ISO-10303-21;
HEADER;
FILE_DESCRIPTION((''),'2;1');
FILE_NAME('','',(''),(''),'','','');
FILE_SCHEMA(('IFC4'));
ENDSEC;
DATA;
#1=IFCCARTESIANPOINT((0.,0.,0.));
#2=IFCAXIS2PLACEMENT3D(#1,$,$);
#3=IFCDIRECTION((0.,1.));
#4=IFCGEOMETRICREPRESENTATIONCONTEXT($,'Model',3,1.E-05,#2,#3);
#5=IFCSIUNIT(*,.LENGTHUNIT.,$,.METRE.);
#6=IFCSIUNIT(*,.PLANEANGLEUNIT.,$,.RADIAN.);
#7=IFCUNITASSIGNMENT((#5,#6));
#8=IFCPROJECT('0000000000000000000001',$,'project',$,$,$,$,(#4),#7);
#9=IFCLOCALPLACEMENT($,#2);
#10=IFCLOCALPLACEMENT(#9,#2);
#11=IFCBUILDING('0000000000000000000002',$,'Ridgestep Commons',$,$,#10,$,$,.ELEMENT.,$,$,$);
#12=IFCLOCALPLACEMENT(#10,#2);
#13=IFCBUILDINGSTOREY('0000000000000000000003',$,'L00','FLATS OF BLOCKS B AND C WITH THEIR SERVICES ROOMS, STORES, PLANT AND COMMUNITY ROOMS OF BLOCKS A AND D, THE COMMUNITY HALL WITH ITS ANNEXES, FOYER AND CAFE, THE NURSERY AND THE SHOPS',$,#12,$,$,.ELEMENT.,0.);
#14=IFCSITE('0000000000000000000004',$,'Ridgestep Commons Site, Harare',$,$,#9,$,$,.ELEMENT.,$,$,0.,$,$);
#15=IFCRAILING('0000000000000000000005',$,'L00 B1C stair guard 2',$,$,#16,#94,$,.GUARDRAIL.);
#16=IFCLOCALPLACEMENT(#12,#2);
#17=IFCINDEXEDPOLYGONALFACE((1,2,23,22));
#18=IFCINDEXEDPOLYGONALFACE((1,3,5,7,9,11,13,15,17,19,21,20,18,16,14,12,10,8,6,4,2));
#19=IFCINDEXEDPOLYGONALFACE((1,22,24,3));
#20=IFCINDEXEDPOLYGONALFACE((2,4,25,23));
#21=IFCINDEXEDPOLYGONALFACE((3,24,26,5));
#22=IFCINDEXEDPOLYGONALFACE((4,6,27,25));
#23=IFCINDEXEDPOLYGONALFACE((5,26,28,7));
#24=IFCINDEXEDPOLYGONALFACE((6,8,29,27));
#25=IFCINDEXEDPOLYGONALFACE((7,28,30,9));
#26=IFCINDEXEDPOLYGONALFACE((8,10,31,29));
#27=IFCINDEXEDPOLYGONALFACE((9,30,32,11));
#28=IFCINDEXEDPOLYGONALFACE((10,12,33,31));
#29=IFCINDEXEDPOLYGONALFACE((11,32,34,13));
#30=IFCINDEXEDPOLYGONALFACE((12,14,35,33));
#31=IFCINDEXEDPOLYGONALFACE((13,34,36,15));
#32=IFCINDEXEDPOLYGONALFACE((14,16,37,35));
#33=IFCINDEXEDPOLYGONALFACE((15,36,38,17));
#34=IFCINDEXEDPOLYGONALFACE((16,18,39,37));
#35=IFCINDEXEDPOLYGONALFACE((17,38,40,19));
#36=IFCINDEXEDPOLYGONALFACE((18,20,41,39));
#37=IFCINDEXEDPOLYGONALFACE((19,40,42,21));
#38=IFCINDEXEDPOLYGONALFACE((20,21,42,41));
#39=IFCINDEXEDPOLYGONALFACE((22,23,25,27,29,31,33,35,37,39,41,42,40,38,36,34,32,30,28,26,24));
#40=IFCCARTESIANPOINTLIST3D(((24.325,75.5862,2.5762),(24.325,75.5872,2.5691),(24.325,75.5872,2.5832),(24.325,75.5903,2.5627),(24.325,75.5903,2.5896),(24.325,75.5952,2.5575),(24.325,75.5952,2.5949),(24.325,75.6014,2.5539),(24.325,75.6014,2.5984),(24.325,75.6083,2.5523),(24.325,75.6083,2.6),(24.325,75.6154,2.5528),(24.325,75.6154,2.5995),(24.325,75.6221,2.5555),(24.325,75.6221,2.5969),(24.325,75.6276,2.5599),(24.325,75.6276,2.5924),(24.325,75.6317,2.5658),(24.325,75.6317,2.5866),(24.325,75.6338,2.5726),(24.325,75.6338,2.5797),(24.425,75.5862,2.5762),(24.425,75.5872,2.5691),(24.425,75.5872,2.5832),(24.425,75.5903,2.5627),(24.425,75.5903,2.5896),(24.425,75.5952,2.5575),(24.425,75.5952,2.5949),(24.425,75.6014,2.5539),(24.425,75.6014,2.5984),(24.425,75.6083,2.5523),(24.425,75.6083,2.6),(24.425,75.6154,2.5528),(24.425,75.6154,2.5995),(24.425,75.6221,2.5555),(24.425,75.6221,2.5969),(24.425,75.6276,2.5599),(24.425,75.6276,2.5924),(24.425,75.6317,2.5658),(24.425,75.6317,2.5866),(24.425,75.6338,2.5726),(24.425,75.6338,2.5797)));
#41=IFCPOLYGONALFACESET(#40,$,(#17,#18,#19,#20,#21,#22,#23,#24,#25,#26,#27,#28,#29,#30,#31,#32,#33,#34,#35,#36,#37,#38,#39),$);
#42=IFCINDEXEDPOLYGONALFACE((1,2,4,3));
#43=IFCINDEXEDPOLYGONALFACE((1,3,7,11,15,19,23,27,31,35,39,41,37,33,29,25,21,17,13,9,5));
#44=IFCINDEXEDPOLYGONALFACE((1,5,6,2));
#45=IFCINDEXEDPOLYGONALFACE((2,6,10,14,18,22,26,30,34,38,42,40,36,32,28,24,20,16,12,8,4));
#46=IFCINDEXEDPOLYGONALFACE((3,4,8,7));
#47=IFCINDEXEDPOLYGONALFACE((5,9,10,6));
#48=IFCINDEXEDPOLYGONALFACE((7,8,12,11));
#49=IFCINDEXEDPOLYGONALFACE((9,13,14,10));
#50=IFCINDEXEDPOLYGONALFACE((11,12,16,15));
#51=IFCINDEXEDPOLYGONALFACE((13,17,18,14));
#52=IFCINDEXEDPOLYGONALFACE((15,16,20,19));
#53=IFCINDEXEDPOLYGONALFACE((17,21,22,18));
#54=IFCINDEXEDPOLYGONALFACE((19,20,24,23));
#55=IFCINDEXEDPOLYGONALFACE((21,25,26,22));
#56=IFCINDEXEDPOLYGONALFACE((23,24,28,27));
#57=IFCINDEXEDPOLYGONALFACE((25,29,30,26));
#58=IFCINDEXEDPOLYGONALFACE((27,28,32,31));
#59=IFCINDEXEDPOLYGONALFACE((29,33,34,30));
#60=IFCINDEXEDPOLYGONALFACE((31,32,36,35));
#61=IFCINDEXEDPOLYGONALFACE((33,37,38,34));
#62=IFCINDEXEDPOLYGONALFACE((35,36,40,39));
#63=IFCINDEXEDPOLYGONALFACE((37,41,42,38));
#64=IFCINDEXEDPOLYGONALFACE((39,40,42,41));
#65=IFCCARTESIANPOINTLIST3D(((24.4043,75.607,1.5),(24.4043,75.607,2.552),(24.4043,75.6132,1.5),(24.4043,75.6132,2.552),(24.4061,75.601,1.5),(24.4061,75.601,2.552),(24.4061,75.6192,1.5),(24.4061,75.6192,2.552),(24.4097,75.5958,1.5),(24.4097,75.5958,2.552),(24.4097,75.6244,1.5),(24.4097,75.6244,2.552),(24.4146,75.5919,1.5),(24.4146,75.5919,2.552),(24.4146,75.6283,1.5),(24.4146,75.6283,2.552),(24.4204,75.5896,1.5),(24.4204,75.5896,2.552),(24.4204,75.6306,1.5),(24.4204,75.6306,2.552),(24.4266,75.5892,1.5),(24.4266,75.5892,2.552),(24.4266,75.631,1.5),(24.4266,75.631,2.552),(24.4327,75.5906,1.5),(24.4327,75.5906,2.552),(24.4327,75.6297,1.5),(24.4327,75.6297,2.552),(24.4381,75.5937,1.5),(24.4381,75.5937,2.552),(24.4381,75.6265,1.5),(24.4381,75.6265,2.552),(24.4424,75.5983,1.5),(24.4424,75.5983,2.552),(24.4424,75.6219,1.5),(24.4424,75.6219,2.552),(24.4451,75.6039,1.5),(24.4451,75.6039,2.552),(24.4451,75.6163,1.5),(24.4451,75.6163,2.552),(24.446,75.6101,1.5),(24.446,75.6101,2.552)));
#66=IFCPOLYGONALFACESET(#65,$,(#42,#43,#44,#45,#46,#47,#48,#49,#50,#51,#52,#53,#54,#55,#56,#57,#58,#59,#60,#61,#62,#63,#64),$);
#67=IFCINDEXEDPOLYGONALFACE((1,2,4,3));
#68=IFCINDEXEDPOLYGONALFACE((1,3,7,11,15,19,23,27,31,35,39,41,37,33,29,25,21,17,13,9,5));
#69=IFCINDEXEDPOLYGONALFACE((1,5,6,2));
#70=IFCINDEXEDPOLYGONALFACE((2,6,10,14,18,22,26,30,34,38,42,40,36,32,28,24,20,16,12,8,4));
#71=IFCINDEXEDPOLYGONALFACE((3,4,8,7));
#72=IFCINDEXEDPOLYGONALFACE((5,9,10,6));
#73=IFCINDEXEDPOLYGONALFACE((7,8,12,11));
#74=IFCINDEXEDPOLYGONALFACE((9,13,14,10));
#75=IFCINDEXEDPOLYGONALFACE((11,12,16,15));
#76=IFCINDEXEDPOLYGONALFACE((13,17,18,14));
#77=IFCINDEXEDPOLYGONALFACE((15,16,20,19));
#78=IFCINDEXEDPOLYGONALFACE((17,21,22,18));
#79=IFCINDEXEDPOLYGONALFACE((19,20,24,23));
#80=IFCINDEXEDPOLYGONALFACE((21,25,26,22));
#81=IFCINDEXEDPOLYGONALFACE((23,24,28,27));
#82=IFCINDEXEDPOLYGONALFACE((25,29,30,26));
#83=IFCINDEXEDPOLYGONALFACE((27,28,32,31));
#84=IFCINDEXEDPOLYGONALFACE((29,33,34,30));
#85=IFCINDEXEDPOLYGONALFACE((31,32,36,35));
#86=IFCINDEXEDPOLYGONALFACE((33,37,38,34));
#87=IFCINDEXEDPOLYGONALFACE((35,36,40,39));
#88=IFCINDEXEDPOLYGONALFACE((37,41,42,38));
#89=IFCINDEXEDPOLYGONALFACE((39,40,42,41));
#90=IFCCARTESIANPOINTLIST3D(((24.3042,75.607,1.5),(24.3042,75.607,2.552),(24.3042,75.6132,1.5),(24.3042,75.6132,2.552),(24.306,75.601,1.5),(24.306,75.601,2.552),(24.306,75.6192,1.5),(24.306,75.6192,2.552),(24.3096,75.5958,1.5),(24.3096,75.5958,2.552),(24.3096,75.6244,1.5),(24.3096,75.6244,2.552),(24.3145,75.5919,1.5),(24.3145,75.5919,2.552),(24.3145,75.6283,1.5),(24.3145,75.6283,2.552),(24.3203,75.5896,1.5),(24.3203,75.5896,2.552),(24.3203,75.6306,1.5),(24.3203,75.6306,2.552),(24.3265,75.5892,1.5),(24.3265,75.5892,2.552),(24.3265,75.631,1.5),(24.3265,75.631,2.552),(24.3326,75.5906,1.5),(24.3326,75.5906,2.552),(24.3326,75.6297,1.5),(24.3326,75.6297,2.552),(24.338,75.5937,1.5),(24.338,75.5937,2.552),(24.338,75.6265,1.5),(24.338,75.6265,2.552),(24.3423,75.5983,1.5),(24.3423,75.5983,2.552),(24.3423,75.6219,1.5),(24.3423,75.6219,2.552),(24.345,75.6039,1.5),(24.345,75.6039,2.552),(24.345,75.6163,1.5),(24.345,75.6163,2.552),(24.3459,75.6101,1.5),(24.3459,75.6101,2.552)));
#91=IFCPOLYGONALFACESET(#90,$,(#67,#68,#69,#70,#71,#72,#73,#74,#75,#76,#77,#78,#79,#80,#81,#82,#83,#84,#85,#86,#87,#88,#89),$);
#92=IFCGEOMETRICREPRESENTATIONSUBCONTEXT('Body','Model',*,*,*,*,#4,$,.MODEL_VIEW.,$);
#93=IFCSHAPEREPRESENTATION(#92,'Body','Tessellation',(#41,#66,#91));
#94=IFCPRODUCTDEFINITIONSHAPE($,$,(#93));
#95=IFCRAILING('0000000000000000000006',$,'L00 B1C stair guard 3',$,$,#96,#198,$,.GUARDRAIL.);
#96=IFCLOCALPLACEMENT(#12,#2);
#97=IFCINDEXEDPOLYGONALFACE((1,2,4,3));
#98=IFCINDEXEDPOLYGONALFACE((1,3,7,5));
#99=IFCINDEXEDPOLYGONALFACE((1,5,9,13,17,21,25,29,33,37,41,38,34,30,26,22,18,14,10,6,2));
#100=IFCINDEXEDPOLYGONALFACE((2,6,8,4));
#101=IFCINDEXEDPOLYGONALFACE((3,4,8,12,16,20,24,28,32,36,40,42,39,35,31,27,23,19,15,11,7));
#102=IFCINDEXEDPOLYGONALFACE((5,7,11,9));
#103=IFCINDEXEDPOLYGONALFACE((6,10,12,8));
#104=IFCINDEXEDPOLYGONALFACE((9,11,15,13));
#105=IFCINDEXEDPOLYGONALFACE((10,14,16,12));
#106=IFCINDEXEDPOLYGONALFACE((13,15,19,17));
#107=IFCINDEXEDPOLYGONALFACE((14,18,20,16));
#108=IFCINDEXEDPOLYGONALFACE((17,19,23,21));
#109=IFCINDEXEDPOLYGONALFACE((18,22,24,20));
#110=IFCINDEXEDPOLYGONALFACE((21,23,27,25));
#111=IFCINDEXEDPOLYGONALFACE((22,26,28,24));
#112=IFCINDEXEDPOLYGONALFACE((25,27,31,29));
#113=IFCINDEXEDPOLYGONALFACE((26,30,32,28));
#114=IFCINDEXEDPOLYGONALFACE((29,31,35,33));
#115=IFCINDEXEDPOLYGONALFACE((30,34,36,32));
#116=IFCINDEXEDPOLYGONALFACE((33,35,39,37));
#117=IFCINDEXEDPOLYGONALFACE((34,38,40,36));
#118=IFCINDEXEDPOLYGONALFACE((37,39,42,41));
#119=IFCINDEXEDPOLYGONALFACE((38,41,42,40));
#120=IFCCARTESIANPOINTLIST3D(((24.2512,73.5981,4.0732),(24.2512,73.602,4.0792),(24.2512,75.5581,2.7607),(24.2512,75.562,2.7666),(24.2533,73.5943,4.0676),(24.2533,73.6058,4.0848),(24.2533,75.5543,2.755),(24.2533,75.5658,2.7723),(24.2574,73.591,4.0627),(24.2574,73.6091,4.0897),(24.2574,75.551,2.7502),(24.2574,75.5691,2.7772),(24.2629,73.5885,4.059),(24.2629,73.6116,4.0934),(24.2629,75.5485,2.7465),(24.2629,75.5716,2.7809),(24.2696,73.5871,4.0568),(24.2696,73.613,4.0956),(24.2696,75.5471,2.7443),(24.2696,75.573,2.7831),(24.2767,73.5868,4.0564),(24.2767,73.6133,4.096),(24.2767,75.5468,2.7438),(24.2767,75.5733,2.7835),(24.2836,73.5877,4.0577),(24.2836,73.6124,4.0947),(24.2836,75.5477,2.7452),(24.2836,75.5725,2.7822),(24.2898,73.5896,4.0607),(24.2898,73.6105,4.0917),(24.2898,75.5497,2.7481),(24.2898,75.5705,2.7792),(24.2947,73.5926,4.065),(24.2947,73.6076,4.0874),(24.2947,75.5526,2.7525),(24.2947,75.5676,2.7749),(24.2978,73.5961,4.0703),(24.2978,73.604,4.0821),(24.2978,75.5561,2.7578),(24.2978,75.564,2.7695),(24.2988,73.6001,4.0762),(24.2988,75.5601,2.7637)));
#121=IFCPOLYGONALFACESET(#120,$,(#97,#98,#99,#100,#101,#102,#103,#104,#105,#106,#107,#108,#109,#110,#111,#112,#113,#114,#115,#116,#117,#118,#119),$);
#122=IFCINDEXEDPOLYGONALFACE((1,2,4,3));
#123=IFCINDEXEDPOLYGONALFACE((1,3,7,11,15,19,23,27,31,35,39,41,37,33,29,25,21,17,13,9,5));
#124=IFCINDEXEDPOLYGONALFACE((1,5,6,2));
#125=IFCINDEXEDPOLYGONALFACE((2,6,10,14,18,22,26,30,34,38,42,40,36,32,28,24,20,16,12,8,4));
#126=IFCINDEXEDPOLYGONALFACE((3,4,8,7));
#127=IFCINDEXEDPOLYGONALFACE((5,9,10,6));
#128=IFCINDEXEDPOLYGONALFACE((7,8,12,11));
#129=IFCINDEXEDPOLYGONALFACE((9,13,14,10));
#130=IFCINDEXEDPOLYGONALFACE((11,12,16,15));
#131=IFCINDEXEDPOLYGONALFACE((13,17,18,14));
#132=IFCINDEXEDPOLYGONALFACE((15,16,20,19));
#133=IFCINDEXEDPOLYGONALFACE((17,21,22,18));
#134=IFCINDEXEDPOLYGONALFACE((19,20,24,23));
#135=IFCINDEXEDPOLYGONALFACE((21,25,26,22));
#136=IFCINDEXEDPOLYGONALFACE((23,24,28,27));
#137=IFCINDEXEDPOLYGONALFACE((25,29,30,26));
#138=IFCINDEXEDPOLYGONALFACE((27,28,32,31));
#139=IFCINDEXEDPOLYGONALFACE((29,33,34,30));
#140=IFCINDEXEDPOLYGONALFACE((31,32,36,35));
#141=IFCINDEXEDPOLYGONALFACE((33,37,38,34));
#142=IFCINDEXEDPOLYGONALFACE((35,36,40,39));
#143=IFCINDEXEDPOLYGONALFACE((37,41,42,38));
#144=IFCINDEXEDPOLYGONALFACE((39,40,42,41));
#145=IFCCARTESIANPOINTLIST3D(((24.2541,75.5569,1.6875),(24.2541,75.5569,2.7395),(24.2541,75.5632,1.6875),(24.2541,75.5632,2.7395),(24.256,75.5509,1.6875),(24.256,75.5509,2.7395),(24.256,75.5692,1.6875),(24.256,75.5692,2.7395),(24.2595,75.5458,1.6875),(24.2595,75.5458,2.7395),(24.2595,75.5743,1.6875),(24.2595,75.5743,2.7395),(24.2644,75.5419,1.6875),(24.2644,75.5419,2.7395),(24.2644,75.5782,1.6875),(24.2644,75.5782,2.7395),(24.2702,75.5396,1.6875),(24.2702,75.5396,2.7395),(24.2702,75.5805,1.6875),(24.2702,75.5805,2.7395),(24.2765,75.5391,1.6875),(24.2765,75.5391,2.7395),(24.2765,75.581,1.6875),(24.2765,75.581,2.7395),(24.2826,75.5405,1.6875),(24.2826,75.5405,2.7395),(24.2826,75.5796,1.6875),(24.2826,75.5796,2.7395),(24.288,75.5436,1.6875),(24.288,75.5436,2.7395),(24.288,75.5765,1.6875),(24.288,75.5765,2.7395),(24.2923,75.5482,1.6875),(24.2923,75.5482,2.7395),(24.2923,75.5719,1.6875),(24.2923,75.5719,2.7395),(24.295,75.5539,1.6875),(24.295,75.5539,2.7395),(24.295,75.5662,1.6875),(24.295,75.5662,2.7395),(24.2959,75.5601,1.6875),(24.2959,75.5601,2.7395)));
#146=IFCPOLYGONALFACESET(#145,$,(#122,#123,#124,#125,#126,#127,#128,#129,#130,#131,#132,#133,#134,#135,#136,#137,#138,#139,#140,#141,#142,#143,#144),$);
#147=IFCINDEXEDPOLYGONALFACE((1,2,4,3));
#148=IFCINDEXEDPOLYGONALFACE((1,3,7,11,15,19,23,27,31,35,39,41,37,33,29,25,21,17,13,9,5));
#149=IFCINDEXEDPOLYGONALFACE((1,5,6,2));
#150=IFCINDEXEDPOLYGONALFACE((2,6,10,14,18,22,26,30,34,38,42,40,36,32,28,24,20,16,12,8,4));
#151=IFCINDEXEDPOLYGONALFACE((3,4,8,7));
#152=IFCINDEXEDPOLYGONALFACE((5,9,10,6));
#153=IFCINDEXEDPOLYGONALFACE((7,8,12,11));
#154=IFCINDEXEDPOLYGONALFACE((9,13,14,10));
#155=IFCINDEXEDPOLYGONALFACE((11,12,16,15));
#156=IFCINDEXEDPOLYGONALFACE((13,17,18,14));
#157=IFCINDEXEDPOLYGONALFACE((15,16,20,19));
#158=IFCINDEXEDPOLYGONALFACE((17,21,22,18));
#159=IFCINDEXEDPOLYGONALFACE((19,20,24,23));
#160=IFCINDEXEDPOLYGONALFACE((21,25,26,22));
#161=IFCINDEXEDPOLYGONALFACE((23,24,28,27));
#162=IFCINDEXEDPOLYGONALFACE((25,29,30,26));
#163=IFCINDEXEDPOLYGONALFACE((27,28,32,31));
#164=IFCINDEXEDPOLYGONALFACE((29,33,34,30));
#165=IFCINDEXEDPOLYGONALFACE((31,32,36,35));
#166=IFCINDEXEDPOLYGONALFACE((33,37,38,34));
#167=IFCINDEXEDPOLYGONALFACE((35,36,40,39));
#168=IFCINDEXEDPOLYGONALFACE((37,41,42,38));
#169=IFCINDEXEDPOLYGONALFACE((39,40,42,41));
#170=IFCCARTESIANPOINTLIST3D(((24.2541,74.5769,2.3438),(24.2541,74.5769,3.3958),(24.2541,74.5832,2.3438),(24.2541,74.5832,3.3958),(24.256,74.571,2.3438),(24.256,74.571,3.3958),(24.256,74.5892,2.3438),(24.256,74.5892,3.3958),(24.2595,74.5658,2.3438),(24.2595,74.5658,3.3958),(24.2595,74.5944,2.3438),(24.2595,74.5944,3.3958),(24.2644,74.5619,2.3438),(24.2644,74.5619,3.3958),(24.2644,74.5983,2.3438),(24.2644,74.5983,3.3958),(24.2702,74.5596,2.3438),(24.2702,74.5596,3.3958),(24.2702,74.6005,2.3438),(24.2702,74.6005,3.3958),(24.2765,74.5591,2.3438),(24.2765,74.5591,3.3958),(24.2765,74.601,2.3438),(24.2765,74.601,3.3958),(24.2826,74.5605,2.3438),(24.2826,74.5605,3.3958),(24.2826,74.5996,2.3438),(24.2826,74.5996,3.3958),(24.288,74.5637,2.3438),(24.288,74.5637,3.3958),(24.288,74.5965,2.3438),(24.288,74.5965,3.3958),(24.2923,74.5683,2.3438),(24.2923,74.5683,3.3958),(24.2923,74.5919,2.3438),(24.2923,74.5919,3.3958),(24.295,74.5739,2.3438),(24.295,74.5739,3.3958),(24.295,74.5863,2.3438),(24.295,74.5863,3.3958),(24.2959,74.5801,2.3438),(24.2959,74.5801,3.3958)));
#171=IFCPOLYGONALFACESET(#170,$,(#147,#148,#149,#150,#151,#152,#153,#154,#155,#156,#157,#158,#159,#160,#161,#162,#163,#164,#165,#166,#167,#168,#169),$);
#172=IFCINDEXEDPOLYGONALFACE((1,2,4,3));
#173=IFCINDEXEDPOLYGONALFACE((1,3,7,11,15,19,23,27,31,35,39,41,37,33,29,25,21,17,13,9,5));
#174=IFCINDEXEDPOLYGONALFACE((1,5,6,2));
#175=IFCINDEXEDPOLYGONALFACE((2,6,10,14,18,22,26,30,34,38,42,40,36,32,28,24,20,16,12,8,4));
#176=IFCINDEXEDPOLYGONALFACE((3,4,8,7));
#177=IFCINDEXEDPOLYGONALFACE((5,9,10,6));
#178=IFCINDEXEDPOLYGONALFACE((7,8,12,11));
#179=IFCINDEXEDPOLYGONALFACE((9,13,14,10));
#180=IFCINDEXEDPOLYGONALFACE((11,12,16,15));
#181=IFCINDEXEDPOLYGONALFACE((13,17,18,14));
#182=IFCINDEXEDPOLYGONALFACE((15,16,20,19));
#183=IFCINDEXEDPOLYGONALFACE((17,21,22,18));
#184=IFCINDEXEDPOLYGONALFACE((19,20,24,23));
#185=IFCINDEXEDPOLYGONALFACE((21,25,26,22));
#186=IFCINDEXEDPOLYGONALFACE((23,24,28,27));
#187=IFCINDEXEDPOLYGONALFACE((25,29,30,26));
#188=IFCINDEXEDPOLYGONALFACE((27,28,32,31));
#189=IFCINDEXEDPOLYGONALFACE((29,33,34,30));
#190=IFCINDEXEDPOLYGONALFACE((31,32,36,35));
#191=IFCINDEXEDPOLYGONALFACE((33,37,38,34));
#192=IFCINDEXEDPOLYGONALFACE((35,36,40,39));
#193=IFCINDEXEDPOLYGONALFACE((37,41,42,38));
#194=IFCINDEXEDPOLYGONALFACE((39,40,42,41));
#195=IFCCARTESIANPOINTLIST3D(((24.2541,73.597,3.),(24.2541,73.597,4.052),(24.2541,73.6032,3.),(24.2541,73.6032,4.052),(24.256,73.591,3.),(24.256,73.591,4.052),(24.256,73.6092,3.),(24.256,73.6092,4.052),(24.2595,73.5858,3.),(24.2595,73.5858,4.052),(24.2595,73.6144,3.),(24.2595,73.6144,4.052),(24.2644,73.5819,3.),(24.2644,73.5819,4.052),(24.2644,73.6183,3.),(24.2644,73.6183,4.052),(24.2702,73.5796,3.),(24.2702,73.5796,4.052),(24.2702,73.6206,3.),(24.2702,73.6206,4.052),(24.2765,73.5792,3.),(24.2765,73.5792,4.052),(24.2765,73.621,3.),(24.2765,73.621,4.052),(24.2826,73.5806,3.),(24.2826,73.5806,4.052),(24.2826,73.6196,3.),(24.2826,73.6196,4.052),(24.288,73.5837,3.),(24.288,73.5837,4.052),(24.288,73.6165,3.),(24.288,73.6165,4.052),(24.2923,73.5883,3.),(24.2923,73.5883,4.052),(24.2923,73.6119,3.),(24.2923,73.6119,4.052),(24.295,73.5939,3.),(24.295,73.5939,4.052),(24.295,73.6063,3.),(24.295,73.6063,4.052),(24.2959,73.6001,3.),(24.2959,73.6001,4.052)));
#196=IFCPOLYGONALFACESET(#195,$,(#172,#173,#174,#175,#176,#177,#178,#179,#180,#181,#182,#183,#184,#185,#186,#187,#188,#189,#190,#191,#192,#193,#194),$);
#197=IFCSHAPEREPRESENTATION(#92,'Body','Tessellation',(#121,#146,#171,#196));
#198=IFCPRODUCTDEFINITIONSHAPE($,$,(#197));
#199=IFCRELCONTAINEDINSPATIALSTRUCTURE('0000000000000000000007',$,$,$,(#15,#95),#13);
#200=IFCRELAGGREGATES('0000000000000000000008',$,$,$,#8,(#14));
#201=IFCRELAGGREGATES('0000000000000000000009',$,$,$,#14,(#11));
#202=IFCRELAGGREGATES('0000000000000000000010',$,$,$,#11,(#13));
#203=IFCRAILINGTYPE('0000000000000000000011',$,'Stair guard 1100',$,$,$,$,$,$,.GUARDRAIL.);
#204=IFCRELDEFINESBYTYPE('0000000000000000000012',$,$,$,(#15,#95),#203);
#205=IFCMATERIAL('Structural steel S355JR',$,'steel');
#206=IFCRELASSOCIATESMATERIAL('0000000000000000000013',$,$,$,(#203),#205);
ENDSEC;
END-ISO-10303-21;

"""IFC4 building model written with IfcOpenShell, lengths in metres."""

from ifc_helpers import new_model, si_unit, direction, frame, origin, origin_2d, place, context, subcontext, project, spatial, circle, extrude, material, type_object, element, save


model = new_model("IFC4")

# Units and contexts
model_context = context("Model", 3, precision=1e-05, world=origin(), true_north=direction((0.0, 1.0)))
body_context = subcontext(model_context, "Body", "Model", "MODEL_VIEW")
ifc_project = project(units=[si_unit("LENGTHUNIT", "METRE"), si_unit("PLANEANGLEUNIT", "RADIAN")], contexts=[model_context])

# Site, building, storey
site_placement = place(None, origin())
site = spatial("IfcSite", under=ifc_project, at=site_placement, Name="Ridgestep Commons Site, Harare", CompositionType="ELEMENT", RefElevation=0.0)
building_placement = place(site_placement, origin())
building = spatial("IfcBuilding", under=site, at=building_placement, Name="Ridgestep Commons", CompositionType="ELEMENT")
storey_placement = place(building_placement, origin())
storey = spatial("IfcBuildingStorey", under=building, at=storey_placement, Name="L00", Description="FLATS OF BLOCKS B AND C WITH THEIR SERVICES ROOMS, STORES, PLANT AND COMMUNITY ROOMS OF BLOCKS A AND D, THE COMMUNITY HALL WITH ITS ANNEXES, FOYER AND CAFE, THE NURSERY AND THE SHOPS", CompositionType="ELEMENT", Elevation=0.0)

# Railings
ifc_material_1 = material(Name="Structural steel S355JR", Category="steel")
railing_type_1 = type_object("IfcRailingType", Name="Stair guard 1100", PredefinedType="GUARDRAIL", material=ifc_material_1)
railing_1_placement = place(storey_placement, frame((24.425, 75.6101, 1.5)))
element("IfcRailing", 1, at=railing_1_placement, inside=storey, type_object=railing_type_1, Name="L00 B1C stair guard 2", PredefinedType="GUARDRAIL", context=body_context, shape_type="SweptSolid", body=[
    extrude(circle(Radius=0.0239, at=origin_2d()), frame((0.0, 0.0, 1.0762), z_axis=(-1.0, 0.0, 0.0), x_axis=(0.0, -1.0, 0.0)), (0.0, 0.0, 1.0), 0.1001),
    extrude(circle(Radius=0.021, at=origin_2d()), origin(), (0.0, 0.0, 1.0), 1.052),
    extrude(circle(Radius=0.021, at=origin_2d()), frame((-0.1001, 0.0, 0.0)), (0.0, 0.0, 1.0), 1.052),
])
railing_2_placement = place(storey_placement, frame((24.2749, 75.5601, 1.6875)))
element("IfcRailing", 2, at=railing_2_placement, inside=storey, type_object=railing_type_1, Name="L00 B1C stair guard 3", PredefinedType="GUARDRAIL", context=body_context, shape_type="SweptSolid", body=[
    extrude(circle(Radius=0.0239, at=origin_2d()), frame((0.0, 0.0, 1.0762), z_axis=(0.0, -0.830902, 0.556419), x_axis=(1.0, 0.0, 0.0)), (0.0, 0.0, 1.0), 2.3589),
    extrude(circle(Radius=0.021, at=origin_2d()), origin(), (0.0, 0.0, 1.0), 1.052),
    extrude(circle(Radius=0.021, at=origin_2d()), frame((0.0, -0.98, 0.6562)), (0.0, 0.0, 1.0), 1.052),
    extrude(circle(Radius=0.021, at=origin_2d()), frame((0.0, -1.96, 1.3125)), (0.0, 0.0, 1.0), 1.052),
])

save(model, "model.ifc")
